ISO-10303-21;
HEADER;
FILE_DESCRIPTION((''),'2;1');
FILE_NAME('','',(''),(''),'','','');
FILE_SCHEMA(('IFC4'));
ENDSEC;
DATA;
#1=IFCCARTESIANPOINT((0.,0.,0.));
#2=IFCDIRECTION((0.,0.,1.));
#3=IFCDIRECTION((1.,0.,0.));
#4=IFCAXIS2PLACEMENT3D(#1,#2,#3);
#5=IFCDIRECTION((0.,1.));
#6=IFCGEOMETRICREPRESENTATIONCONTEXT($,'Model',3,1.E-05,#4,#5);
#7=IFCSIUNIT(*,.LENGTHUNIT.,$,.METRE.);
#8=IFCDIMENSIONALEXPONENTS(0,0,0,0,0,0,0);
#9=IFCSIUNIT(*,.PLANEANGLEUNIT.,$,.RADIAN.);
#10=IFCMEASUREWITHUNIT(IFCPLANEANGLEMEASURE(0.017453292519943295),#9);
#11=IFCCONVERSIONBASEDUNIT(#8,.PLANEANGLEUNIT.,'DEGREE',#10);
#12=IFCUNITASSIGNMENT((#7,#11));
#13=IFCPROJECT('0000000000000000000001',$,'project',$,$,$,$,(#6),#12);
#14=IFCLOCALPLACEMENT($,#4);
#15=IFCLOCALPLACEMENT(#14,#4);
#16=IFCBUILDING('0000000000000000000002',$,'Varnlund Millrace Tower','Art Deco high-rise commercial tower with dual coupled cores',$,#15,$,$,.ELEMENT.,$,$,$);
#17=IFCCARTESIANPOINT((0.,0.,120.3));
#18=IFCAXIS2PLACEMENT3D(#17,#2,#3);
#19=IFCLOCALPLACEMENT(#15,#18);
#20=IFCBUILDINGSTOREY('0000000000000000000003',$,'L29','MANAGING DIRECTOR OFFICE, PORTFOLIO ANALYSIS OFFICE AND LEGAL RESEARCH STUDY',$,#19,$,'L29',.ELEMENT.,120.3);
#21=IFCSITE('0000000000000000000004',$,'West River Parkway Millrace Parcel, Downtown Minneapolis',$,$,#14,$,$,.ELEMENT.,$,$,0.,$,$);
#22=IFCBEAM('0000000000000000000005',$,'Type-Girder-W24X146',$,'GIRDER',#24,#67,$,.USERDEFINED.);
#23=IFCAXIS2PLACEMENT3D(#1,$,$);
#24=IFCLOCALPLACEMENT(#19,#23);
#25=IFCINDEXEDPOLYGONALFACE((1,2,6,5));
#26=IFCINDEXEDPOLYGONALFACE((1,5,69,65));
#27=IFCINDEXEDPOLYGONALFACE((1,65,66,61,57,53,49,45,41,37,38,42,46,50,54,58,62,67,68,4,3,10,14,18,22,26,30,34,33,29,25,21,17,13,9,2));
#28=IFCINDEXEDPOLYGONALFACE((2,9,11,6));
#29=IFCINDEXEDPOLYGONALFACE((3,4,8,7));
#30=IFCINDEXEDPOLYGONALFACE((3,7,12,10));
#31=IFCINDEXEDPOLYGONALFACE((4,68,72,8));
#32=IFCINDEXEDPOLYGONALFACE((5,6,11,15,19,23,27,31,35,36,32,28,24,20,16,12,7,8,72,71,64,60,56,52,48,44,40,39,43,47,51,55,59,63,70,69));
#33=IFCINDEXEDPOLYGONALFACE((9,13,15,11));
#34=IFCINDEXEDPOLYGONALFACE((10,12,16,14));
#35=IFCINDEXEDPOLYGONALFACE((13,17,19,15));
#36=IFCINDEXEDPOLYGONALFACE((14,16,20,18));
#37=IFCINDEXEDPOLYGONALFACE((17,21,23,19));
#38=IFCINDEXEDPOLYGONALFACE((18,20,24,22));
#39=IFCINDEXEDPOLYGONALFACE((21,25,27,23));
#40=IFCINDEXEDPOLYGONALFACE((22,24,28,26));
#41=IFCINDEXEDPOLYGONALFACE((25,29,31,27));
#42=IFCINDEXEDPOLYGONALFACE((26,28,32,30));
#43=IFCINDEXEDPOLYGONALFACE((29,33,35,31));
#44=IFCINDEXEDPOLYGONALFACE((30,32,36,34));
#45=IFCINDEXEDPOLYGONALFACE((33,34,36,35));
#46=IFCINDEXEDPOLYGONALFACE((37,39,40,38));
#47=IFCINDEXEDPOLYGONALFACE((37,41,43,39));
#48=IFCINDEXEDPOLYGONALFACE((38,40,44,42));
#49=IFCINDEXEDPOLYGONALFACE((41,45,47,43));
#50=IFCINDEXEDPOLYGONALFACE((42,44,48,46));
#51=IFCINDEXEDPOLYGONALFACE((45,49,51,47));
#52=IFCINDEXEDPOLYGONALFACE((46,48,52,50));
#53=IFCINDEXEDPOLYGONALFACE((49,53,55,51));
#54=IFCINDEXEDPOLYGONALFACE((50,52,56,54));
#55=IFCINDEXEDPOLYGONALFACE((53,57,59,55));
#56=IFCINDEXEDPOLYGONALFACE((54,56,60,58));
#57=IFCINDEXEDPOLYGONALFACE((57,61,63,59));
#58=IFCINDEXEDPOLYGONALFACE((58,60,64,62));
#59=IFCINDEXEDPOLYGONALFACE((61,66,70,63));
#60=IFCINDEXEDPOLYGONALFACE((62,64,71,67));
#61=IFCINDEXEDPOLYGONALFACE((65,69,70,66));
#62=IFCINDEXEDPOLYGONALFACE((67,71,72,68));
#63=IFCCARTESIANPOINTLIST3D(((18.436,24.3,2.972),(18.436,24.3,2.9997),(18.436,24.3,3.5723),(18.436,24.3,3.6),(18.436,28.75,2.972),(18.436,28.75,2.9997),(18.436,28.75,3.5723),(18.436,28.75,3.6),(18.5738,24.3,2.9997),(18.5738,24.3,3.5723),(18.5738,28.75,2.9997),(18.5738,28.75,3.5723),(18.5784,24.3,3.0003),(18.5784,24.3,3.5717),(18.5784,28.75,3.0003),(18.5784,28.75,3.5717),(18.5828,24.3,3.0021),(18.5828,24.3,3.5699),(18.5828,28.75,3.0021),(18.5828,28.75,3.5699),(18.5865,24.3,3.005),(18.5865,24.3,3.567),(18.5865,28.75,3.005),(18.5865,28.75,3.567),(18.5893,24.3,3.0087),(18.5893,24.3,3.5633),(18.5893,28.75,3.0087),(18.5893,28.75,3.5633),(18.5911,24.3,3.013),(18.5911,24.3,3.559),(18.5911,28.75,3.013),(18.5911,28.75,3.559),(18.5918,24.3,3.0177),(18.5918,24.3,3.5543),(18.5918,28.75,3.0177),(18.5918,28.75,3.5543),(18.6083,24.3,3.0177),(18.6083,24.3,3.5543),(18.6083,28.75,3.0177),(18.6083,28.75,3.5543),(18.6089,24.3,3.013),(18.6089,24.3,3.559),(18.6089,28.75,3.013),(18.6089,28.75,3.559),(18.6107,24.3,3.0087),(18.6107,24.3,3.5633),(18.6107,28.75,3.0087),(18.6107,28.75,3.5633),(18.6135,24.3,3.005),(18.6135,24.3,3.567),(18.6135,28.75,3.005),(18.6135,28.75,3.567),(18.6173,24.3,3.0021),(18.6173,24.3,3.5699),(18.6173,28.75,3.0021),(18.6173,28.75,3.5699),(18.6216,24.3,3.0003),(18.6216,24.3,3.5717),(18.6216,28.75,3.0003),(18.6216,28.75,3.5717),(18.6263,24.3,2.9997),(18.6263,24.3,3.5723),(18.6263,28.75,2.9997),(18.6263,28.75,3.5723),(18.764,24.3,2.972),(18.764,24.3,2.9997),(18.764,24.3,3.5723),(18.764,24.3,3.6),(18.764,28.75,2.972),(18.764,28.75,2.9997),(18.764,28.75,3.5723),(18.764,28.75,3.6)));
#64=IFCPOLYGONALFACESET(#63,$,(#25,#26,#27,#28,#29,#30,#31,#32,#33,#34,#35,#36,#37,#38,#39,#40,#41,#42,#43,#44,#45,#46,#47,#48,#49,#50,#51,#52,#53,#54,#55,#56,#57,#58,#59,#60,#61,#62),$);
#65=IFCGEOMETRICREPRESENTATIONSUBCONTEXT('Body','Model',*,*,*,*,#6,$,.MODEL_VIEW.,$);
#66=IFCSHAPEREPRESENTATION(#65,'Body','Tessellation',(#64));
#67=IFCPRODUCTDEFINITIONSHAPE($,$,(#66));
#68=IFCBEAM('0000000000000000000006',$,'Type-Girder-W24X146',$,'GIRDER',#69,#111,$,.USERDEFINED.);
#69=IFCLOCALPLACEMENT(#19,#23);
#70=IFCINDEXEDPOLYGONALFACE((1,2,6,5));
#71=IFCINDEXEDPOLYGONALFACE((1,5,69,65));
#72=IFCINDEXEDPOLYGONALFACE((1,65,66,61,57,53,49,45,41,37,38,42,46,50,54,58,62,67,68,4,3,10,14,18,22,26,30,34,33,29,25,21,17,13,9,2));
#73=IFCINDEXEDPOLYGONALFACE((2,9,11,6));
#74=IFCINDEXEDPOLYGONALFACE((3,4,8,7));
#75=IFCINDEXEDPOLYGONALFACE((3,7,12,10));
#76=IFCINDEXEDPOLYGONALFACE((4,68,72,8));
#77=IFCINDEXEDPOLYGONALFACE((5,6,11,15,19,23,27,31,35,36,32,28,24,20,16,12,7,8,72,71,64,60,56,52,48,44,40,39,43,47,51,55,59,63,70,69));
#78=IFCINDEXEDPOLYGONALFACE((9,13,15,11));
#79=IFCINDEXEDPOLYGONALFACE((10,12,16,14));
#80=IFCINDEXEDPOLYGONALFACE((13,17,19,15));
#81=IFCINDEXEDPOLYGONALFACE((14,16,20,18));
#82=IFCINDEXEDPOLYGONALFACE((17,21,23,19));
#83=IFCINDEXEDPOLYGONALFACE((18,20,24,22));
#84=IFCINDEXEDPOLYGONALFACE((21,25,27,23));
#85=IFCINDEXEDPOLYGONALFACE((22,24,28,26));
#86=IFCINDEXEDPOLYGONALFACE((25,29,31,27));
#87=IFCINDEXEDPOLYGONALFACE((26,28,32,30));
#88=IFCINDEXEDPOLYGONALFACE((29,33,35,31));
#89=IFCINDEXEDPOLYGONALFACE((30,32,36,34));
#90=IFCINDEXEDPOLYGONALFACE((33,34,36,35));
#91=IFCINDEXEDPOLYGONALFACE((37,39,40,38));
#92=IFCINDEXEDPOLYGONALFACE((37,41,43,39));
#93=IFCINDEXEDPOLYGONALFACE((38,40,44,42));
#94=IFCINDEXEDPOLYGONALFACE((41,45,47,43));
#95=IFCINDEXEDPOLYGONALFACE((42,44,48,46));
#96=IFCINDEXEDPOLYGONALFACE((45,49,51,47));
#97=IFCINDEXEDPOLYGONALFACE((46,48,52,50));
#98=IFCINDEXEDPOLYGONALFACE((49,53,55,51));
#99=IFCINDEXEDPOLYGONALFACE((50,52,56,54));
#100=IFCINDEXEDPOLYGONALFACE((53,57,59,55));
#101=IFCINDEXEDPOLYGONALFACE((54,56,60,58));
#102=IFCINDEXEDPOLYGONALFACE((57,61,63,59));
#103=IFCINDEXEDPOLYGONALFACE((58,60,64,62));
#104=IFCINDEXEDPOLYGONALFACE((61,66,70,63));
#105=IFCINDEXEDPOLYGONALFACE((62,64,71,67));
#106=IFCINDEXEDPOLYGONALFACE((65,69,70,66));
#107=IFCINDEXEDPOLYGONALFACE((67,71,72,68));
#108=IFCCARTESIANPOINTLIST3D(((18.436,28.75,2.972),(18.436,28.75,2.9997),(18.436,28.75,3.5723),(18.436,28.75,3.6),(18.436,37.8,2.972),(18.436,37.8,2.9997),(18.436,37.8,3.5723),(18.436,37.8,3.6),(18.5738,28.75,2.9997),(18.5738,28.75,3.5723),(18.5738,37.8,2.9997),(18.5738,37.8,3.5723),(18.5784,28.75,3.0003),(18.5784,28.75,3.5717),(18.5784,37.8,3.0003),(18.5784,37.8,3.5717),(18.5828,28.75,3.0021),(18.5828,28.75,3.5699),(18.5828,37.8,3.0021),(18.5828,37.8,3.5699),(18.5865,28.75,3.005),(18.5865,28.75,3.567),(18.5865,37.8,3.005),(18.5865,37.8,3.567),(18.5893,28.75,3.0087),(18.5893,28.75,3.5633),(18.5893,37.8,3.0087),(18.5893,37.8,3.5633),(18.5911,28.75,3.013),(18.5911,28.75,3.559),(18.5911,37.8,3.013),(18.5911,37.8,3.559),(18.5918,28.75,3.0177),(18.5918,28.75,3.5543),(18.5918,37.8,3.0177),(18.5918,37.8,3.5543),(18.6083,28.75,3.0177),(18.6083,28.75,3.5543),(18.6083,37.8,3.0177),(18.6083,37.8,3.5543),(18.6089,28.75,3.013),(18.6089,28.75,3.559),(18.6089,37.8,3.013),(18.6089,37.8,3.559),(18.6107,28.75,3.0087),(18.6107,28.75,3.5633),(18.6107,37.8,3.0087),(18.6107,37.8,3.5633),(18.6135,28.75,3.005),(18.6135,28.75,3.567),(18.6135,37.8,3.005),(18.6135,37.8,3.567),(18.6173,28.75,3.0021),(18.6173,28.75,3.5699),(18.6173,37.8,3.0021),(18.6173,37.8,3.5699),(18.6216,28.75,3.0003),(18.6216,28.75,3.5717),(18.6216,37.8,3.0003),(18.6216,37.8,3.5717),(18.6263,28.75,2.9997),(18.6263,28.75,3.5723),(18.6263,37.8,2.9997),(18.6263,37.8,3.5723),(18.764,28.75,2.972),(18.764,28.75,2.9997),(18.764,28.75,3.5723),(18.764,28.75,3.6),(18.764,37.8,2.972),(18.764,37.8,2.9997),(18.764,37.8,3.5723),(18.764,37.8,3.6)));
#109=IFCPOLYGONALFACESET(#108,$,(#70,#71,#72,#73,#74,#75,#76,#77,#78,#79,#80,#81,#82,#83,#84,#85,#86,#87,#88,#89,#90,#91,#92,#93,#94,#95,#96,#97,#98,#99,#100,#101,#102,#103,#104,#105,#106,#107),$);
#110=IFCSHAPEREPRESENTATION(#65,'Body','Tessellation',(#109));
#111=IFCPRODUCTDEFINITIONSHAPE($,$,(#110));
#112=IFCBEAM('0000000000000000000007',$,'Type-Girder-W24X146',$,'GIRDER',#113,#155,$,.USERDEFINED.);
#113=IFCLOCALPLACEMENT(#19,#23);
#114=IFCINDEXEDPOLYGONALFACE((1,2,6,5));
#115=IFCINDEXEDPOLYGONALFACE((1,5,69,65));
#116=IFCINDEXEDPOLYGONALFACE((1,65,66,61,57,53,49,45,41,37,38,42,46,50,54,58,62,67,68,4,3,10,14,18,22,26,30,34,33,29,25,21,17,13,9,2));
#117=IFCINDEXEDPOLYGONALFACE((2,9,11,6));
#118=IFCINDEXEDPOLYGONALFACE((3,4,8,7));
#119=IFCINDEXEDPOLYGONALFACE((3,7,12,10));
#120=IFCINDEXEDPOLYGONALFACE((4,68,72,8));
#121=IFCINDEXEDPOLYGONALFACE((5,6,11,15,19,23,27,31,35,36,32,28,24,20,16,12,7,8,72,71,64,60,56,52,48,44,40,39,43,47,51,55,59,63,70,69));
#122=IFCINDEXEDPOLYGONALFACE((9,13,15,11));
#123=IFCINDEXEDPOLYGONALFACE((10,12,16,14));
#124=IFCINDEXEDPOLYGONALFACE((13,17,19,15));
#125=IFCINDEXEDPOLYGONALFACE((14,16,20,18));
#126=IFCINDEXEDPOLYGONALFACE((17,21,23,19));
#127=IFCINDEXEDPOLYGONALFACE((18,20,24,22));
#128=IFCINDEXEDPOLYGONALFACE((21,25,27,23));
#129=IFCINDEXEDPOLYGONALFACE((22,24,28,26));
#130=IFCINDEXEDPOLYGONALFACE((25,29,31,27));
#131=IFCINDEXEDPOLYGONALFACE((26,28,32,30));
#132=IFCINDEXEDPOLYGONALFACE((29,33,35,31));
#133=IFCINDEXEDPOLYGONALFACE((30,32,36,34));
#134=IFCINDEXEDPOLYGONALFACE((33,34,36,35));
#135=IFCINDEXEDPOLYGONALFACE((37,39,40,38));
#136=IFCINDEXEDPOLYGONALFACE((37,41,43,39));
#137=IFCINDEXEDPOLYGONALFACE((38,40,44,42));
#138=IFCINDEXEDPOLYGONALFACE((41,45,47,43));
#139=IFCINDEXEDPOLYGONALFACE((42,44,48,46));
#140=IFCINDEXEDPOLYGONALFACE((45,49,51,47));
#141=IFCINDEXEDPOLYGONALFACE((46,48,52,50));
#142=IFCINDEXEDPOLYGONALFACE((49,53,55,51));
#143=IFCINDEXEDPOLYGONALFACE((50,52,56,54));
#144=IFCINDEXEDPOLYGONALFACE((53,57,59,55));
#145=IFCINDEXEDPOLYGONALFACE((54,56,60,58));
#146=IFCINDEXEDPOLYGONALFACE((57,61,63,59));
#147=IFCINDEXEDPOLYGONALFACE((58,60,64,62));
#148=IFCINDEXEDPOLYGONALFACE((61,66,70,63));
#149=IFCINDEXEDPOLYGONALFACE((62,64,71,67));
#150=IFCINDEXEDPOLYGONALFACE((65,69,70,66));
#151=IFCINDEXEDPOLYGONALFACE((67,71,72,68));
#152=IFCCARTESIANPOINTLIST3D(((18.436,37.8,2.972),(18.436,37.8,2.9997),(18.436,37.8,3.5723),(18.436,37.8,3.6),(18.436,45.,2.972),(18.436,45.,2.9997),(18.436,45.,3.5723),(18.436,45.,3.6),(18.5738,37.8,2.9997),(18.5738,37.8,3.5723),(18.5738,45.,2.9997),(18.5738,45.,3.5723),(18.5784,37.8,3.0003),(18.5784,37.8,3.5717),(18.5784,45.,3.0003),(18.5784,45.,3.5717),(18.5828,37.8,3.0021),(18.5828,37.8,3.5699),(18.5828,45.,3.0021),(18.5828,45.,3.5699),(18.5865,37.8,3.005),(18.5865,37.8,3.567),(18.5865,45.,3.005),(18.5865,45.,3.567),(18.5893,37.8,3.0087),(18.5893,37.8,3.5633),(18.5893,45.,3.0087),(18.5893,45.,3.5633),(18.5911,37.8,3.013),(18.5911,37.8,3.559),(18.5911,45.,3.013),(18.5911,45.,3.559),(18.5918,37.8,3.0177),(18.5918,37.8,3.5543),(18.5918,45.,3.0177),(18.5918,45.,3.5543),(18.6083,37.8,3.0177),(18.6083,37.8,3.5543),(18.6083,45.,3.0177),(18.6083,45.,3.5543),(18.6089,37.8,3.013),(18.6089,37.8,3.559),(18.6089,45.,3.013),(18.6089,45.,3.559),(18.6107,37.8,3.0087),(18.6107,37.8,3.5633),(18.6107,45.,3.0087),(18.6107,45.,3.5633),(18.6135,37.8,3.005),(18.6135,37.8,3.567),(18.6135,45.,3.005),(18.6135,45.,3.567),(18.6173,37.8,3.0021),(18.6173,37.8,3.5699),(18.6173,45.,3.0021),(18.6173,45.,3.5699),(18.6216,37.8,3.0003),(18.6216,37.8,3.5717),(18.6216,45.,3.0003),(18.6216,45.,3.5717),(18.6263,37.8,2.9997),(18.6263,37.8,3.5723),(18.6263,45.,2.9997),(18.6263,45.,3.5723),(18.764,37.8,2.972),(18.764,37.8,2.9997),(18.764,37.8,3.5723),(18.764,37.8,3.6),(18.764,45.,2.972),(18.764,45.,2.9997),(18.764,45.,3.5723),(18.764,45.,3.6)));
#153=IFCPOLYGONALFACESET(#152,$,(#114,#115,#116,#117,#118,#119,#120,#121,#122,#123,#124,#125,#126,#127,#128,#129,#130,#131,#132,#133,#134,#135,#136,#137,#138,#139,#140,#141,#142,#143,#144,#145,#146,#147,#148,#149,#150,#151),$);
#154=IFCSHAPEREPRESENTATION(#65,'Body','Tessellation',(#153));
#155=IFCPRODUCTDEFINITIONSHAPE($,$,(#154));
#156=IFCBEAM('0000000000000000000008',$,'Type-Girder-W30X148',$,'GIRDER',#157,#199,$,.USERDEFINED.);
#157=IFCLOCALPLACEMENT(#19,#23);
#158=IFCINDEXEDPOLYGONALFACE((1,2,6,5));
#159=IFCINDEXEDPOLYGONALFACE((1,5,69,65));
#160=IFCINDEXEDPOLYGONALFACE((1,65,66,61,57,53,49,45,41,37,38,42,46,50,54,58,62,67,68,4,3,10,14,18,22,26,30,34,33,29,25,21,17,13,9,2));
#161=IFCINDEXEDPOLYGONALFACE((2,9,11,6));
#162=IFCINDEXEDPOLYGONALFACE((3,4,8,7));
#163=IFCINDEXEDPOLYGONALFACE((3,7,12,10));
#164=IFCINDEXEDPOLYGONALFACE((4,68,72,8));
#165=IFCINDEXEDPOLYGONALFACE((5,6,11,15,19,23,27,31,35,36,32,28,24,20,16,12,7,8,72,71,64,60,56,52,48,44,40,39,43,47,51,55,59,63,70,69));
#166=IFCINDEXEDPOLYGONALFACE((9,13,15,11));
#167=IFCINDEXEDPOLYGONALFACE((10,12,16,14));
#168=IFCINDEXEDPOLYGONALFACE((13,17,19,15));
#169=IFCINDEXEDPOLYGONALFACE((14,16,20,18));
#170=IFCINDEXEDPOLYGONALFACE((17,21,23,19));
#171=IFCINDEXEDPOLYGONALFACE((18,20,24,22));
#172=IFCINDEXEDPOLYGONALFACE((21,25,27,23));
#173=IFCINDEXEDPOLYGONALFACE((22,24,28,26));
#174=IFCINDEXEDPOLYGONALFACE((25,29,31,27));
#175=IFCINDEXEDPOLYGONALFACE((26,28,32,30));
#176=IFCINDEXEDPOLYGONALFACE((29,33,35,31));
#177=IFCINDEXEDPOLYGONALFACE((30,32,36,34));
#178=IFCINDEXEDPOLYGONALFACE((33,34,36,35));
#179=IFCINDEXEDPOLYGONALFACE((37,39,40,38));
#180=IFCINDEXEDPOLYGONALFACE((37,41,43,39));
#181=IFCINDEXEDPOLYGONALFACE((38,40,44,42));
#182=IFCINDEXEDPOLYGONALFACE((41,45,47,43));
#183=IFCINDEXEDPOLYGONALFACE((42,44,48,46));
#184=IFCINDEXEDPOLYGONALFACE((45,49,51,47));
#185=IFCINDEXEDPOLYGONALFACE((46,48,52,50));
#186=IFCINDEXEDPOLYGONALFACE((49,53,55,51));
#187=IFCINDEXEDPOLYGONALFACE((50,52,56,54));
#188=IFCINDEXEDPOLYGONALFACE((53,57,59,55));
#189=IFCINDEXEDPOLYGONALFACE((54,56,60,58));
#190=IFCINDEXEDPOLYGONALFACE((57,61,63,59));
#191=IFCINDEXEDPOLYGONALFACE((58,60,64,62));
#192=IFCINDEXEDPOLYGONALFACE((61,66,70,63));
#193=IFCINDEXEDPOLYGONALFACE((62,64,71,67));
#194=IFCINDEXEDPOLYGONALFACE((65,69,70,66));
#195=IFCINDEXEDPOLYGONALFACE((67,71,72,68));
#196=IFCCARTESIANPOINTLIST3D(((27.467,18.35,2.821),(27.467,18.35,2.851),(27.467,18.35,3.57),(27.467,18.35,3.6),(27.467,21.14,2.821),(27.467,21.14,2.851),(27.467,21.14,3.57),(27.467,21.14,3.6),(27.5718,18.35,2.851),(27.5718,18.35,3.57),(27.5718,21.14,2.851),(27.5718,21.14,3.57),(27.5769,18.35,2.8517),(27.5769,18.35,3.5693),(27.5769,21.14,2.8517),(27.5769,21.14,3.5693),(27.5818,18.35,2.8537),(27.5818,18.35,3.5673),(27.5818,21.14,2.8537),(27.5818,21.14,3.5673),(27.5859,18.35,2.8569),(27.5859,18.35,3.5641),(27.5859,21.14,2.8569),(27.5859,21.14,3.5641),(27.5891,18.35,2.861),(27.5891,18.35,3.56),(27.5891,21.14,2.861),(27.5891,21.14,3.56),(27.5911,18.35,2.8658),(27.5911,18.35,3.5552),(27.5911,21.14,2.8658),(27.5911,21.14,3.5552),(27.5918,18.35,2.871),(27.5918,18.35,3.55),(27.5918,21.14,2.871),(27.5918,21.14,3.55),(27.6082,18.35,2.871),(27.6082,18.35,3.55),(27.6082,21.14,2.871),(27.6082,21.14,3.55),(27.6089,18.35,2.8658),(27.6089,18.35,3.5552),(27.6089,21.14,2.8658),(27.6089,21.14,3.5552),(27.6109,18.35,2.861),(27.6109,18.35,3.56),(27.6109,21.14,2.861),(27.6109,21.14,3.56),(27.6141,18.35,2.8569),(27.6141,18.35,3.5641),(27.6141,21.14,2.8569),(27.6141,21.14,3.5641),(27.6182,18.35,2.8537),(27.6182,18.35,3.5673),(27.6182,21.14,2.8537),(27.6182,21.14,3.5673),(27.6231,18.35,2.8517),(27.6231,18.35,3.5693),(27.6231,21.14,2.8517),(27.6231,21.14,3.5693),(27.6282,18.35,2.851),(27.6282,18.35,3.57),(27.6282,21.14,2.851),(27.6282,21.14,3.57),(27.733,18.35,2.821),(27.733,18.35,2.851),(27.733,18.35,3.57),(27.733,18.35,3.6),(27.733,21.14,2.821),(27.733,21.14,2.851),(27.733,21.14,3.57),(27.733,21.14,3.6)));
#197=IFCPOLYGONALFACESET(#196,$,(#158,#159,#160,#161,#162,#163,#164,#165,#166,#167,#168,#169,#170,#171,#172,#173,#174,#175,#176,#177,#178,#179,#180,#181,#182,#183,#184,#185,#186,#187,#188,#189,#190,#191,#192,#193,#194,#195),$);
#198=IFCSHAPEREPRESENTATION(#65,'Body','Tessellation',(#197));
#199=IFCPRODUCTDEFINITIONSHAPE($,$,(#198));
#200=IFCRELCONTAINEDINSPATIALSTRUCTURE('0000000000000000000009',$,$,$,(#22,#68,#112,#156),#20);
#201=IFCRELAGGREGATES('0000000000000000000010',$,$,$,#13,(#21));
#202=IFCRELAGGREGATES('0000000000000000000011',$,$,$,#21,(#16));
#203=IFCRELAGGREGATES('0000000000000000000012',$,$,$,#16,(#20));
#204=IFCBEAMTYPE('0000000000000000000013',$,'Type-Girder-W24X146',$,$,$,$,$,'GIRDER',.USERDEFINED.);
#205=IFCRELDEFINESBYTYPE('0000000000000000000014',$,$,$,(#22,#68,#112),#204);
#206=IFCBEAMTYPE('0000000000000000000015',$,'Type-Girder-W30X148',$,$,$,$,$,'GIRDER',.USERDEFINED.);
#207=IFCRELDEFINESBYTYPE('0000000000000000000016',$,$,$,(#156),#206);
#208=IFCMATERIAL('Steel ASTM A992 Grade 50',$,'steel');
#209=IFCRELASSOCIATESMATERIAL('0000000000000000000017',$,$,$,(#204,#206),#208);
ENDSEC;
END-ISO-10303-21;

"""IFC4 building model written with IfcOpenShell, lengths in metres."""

from ifc_helpers import new_model, entity, si_unit, converted_unit, direction, frame, origin_with_axes, origin_2d_with_axis, place, context, subcontext, project, spatial, i_section, extrude, material, material_profile, profile_set, type_object, element, save


model = new_model("IFC4")

# Units and contexts
model_context = context("Model", 3, precision=1e-05, world=origin_with_axes(), true_north=direction((0.0, 1.0)))
body_context = subcontext(model_context, "Body", "Model", "MODEL_VIEW")
ifc_project = project(units=[si_unit("LENGTHUNIT", "METRE"), converted_unit("PLANEANGLEUNIT", "DEGREE", entity("IfcPlaneAngleMeasure", 0.017453292519943295), si_unit("PLANEANGLEUNIT", "RADIAN"), dimensions=[0, 0, 0, 0, 0, 0, 0])], contexts=[model_context])

# Site, building, storey
site_placement = place(None, origin_with_axes())
site = spatial("IfcSite", under=ifc_project, at=site_placement, Name="West River Parkway Millrace Parcel, Downtown Minneapolis", CompositionType="ELEMENT", RefElevation=0.0)
building_placement = place(site_placement, origin_with_axes())
building = spatial("IfcBuilding", under=site, at=building_placement, Name="Varnlund Millrace Tower", Description="Art Deco high-rise commercial tower with dual coupled cores", CompositionType="ELEMENT")
storey_placement = place(building_placement, frame((0.0, 0.0, 120.3), z_axis=(0.0, 0.0, 1.0), x_axis=(1.0, 0.0, 0.0)))
storey = spatial("IfcBuildingStorey", under=building, at=storey_placement, Name="L29", Description="MANAGING DIRECTOR OFFICE, PORTFOLIO ANALYSIS OFFICE AND LEGAL RESEARCH STUDY", LongName="L29", CompositionType="ELEMENT", Elevation=120.3)

# Beams
ifc_material_1 = material(Name="Steel ASTM A992 Grade 50", Category="steel")
ifc_material_profile_1 = material_profile(ifc_material_1, i_section(OverallWidth=0.328, OverallDepth=0.628, WebThickness=0.0165, FlangeThickness=0.0277, FilletRadius=0.018, at=origin_2d_with_axis()), Name="Steel ASTM A992 Grade 50")
ifc_profile_set_1 = profile_set([ifc_material_profile_1], Name="Steel ASTM A992 Grade 50")
beam_type_1 = type_object("IfcBeamType", Name="Type-Girder-W24X146", ElementType="GIRDER", PredefinedType="USERDEFINED", material=ifc_profile_set_1)
beam_1_placement = place(storey_placement, frame((18.6, 24.3, 3.286), z_axis=(0.0, 1.0, 0.0), x_axis=(-1.0, 0.0, 0.0)))
element("IfcBeam", 1, at=beam_1_placement, inside=storey, type_object=beam_type_1, Name="Type-Girder-W24X146", ObjectType="GIRDER", PredefinedType="USERDEFINED", context=body_context, shape_type="SweptSolid", body=[
    extrude(i_section(OverallWidth=0.328, OverallDepth=0.628, WebThickness=0.0165, FlangeThickness=0.0277, FilletRadius=0.018, at=origin_2d_with_axis()), origin_with_axes(), (0.0, 0.0, 1.0), 4.45),
])
beam_2_placement = place(storey_placement, frame((18.6, 28.75, 3.286), z_axis=(0.0, 1.0, 0.0), x_axis=(-1.0, 0.0, 0.0)))
element("IfcBeam", 2, at=beam_2_placement, inside=storey, type_object=beam_type_1, Name="Type-Girder-W24X146", ObjectType="GIRDER", PredefinedType="USERDEFINED", context=body_context, shape_type="SweptSolid", body=[
    extrude(i_section(OverallWidth=0.328, OverallDepth=0.628, WebThickness=0.0165, FlangeThickness=0.0277, FilletRadius=0.018, at=origin_2d_with_axis()), origin_with_axes(), (0.0, 0.0, 1.0), 9.05),
])
beam_3_placement = place(storey_placement, frame((18.6, 37.8, 3.286), z_axis=(0.0, 1.0, 0.0), x_axis=(-1.0, 0.0, 0.0)))
element("IfcBeam", 3, at=beam_3_placement, inside=storey, type_object=beam_type_1, Name="Type-Girder-W24X146", ObjectType="GIRDER", PredefinedType="USERDEFINED", context=body_context, shape_type="SweptSolid", body=[
    extrude(i_section(OverallWidth=0.328, OverallDepth=0.628, WebThickness=0.0165, FlangeThickness=0.0277, FilletRadius=0.018, at=origin_2d_with_axis()), origin_with_axes(), (0.0, 0.0, 1.0), 7.2),
])
ifc_material_profile_2 = material_profile(ifc_material_1, i_section(OverallWidth=0.266, OverallDepth=0.779, WebThickness=0.0165, FlangeThickness=0.03, FilletRadius=0.02, at=origin_2d_with_axis()), Name="Steel ASTM A992 Grade 50")
ifc_profile_set_2 = profile_set([ifc_material_profile_2], Name="Steel ASTM A992 Grade 50")
beam_type_2 = type_object("IfcBeamType", Name="Type-Girder-W30X148", ElementType="GIRDER", PredefinedType="USERDEFINED", material=ifc_profile_set_2)
beam_4_placement = place(storey_placement, frame((27.6, 18.35, 3.2105), z_axis=(0.0, 1.0, 0.0), x_axis=(-1.0, 0.0, 0.0)))
element("IfcBeam", 4, at=beam_4_placement, inside=storey, type_object=beam_type_2, Name="Type-Girder-W30X148", ObjectType="GIRDER", PredefinedType="USERDEFINED", context=body_context, shape_type="SweptSolid", body=[
    extrude(i_section(OverallWidth=0.266, OverallDepth=0.779, WebThickness=0.0165, FlangeThickness=0.03, FilletRadius=0.02, at=origin_2d_with_axis()), origin_with_axes(), (0.0, 0.0, 1.0), 2.79),
])

save(model, "model.ifc")
